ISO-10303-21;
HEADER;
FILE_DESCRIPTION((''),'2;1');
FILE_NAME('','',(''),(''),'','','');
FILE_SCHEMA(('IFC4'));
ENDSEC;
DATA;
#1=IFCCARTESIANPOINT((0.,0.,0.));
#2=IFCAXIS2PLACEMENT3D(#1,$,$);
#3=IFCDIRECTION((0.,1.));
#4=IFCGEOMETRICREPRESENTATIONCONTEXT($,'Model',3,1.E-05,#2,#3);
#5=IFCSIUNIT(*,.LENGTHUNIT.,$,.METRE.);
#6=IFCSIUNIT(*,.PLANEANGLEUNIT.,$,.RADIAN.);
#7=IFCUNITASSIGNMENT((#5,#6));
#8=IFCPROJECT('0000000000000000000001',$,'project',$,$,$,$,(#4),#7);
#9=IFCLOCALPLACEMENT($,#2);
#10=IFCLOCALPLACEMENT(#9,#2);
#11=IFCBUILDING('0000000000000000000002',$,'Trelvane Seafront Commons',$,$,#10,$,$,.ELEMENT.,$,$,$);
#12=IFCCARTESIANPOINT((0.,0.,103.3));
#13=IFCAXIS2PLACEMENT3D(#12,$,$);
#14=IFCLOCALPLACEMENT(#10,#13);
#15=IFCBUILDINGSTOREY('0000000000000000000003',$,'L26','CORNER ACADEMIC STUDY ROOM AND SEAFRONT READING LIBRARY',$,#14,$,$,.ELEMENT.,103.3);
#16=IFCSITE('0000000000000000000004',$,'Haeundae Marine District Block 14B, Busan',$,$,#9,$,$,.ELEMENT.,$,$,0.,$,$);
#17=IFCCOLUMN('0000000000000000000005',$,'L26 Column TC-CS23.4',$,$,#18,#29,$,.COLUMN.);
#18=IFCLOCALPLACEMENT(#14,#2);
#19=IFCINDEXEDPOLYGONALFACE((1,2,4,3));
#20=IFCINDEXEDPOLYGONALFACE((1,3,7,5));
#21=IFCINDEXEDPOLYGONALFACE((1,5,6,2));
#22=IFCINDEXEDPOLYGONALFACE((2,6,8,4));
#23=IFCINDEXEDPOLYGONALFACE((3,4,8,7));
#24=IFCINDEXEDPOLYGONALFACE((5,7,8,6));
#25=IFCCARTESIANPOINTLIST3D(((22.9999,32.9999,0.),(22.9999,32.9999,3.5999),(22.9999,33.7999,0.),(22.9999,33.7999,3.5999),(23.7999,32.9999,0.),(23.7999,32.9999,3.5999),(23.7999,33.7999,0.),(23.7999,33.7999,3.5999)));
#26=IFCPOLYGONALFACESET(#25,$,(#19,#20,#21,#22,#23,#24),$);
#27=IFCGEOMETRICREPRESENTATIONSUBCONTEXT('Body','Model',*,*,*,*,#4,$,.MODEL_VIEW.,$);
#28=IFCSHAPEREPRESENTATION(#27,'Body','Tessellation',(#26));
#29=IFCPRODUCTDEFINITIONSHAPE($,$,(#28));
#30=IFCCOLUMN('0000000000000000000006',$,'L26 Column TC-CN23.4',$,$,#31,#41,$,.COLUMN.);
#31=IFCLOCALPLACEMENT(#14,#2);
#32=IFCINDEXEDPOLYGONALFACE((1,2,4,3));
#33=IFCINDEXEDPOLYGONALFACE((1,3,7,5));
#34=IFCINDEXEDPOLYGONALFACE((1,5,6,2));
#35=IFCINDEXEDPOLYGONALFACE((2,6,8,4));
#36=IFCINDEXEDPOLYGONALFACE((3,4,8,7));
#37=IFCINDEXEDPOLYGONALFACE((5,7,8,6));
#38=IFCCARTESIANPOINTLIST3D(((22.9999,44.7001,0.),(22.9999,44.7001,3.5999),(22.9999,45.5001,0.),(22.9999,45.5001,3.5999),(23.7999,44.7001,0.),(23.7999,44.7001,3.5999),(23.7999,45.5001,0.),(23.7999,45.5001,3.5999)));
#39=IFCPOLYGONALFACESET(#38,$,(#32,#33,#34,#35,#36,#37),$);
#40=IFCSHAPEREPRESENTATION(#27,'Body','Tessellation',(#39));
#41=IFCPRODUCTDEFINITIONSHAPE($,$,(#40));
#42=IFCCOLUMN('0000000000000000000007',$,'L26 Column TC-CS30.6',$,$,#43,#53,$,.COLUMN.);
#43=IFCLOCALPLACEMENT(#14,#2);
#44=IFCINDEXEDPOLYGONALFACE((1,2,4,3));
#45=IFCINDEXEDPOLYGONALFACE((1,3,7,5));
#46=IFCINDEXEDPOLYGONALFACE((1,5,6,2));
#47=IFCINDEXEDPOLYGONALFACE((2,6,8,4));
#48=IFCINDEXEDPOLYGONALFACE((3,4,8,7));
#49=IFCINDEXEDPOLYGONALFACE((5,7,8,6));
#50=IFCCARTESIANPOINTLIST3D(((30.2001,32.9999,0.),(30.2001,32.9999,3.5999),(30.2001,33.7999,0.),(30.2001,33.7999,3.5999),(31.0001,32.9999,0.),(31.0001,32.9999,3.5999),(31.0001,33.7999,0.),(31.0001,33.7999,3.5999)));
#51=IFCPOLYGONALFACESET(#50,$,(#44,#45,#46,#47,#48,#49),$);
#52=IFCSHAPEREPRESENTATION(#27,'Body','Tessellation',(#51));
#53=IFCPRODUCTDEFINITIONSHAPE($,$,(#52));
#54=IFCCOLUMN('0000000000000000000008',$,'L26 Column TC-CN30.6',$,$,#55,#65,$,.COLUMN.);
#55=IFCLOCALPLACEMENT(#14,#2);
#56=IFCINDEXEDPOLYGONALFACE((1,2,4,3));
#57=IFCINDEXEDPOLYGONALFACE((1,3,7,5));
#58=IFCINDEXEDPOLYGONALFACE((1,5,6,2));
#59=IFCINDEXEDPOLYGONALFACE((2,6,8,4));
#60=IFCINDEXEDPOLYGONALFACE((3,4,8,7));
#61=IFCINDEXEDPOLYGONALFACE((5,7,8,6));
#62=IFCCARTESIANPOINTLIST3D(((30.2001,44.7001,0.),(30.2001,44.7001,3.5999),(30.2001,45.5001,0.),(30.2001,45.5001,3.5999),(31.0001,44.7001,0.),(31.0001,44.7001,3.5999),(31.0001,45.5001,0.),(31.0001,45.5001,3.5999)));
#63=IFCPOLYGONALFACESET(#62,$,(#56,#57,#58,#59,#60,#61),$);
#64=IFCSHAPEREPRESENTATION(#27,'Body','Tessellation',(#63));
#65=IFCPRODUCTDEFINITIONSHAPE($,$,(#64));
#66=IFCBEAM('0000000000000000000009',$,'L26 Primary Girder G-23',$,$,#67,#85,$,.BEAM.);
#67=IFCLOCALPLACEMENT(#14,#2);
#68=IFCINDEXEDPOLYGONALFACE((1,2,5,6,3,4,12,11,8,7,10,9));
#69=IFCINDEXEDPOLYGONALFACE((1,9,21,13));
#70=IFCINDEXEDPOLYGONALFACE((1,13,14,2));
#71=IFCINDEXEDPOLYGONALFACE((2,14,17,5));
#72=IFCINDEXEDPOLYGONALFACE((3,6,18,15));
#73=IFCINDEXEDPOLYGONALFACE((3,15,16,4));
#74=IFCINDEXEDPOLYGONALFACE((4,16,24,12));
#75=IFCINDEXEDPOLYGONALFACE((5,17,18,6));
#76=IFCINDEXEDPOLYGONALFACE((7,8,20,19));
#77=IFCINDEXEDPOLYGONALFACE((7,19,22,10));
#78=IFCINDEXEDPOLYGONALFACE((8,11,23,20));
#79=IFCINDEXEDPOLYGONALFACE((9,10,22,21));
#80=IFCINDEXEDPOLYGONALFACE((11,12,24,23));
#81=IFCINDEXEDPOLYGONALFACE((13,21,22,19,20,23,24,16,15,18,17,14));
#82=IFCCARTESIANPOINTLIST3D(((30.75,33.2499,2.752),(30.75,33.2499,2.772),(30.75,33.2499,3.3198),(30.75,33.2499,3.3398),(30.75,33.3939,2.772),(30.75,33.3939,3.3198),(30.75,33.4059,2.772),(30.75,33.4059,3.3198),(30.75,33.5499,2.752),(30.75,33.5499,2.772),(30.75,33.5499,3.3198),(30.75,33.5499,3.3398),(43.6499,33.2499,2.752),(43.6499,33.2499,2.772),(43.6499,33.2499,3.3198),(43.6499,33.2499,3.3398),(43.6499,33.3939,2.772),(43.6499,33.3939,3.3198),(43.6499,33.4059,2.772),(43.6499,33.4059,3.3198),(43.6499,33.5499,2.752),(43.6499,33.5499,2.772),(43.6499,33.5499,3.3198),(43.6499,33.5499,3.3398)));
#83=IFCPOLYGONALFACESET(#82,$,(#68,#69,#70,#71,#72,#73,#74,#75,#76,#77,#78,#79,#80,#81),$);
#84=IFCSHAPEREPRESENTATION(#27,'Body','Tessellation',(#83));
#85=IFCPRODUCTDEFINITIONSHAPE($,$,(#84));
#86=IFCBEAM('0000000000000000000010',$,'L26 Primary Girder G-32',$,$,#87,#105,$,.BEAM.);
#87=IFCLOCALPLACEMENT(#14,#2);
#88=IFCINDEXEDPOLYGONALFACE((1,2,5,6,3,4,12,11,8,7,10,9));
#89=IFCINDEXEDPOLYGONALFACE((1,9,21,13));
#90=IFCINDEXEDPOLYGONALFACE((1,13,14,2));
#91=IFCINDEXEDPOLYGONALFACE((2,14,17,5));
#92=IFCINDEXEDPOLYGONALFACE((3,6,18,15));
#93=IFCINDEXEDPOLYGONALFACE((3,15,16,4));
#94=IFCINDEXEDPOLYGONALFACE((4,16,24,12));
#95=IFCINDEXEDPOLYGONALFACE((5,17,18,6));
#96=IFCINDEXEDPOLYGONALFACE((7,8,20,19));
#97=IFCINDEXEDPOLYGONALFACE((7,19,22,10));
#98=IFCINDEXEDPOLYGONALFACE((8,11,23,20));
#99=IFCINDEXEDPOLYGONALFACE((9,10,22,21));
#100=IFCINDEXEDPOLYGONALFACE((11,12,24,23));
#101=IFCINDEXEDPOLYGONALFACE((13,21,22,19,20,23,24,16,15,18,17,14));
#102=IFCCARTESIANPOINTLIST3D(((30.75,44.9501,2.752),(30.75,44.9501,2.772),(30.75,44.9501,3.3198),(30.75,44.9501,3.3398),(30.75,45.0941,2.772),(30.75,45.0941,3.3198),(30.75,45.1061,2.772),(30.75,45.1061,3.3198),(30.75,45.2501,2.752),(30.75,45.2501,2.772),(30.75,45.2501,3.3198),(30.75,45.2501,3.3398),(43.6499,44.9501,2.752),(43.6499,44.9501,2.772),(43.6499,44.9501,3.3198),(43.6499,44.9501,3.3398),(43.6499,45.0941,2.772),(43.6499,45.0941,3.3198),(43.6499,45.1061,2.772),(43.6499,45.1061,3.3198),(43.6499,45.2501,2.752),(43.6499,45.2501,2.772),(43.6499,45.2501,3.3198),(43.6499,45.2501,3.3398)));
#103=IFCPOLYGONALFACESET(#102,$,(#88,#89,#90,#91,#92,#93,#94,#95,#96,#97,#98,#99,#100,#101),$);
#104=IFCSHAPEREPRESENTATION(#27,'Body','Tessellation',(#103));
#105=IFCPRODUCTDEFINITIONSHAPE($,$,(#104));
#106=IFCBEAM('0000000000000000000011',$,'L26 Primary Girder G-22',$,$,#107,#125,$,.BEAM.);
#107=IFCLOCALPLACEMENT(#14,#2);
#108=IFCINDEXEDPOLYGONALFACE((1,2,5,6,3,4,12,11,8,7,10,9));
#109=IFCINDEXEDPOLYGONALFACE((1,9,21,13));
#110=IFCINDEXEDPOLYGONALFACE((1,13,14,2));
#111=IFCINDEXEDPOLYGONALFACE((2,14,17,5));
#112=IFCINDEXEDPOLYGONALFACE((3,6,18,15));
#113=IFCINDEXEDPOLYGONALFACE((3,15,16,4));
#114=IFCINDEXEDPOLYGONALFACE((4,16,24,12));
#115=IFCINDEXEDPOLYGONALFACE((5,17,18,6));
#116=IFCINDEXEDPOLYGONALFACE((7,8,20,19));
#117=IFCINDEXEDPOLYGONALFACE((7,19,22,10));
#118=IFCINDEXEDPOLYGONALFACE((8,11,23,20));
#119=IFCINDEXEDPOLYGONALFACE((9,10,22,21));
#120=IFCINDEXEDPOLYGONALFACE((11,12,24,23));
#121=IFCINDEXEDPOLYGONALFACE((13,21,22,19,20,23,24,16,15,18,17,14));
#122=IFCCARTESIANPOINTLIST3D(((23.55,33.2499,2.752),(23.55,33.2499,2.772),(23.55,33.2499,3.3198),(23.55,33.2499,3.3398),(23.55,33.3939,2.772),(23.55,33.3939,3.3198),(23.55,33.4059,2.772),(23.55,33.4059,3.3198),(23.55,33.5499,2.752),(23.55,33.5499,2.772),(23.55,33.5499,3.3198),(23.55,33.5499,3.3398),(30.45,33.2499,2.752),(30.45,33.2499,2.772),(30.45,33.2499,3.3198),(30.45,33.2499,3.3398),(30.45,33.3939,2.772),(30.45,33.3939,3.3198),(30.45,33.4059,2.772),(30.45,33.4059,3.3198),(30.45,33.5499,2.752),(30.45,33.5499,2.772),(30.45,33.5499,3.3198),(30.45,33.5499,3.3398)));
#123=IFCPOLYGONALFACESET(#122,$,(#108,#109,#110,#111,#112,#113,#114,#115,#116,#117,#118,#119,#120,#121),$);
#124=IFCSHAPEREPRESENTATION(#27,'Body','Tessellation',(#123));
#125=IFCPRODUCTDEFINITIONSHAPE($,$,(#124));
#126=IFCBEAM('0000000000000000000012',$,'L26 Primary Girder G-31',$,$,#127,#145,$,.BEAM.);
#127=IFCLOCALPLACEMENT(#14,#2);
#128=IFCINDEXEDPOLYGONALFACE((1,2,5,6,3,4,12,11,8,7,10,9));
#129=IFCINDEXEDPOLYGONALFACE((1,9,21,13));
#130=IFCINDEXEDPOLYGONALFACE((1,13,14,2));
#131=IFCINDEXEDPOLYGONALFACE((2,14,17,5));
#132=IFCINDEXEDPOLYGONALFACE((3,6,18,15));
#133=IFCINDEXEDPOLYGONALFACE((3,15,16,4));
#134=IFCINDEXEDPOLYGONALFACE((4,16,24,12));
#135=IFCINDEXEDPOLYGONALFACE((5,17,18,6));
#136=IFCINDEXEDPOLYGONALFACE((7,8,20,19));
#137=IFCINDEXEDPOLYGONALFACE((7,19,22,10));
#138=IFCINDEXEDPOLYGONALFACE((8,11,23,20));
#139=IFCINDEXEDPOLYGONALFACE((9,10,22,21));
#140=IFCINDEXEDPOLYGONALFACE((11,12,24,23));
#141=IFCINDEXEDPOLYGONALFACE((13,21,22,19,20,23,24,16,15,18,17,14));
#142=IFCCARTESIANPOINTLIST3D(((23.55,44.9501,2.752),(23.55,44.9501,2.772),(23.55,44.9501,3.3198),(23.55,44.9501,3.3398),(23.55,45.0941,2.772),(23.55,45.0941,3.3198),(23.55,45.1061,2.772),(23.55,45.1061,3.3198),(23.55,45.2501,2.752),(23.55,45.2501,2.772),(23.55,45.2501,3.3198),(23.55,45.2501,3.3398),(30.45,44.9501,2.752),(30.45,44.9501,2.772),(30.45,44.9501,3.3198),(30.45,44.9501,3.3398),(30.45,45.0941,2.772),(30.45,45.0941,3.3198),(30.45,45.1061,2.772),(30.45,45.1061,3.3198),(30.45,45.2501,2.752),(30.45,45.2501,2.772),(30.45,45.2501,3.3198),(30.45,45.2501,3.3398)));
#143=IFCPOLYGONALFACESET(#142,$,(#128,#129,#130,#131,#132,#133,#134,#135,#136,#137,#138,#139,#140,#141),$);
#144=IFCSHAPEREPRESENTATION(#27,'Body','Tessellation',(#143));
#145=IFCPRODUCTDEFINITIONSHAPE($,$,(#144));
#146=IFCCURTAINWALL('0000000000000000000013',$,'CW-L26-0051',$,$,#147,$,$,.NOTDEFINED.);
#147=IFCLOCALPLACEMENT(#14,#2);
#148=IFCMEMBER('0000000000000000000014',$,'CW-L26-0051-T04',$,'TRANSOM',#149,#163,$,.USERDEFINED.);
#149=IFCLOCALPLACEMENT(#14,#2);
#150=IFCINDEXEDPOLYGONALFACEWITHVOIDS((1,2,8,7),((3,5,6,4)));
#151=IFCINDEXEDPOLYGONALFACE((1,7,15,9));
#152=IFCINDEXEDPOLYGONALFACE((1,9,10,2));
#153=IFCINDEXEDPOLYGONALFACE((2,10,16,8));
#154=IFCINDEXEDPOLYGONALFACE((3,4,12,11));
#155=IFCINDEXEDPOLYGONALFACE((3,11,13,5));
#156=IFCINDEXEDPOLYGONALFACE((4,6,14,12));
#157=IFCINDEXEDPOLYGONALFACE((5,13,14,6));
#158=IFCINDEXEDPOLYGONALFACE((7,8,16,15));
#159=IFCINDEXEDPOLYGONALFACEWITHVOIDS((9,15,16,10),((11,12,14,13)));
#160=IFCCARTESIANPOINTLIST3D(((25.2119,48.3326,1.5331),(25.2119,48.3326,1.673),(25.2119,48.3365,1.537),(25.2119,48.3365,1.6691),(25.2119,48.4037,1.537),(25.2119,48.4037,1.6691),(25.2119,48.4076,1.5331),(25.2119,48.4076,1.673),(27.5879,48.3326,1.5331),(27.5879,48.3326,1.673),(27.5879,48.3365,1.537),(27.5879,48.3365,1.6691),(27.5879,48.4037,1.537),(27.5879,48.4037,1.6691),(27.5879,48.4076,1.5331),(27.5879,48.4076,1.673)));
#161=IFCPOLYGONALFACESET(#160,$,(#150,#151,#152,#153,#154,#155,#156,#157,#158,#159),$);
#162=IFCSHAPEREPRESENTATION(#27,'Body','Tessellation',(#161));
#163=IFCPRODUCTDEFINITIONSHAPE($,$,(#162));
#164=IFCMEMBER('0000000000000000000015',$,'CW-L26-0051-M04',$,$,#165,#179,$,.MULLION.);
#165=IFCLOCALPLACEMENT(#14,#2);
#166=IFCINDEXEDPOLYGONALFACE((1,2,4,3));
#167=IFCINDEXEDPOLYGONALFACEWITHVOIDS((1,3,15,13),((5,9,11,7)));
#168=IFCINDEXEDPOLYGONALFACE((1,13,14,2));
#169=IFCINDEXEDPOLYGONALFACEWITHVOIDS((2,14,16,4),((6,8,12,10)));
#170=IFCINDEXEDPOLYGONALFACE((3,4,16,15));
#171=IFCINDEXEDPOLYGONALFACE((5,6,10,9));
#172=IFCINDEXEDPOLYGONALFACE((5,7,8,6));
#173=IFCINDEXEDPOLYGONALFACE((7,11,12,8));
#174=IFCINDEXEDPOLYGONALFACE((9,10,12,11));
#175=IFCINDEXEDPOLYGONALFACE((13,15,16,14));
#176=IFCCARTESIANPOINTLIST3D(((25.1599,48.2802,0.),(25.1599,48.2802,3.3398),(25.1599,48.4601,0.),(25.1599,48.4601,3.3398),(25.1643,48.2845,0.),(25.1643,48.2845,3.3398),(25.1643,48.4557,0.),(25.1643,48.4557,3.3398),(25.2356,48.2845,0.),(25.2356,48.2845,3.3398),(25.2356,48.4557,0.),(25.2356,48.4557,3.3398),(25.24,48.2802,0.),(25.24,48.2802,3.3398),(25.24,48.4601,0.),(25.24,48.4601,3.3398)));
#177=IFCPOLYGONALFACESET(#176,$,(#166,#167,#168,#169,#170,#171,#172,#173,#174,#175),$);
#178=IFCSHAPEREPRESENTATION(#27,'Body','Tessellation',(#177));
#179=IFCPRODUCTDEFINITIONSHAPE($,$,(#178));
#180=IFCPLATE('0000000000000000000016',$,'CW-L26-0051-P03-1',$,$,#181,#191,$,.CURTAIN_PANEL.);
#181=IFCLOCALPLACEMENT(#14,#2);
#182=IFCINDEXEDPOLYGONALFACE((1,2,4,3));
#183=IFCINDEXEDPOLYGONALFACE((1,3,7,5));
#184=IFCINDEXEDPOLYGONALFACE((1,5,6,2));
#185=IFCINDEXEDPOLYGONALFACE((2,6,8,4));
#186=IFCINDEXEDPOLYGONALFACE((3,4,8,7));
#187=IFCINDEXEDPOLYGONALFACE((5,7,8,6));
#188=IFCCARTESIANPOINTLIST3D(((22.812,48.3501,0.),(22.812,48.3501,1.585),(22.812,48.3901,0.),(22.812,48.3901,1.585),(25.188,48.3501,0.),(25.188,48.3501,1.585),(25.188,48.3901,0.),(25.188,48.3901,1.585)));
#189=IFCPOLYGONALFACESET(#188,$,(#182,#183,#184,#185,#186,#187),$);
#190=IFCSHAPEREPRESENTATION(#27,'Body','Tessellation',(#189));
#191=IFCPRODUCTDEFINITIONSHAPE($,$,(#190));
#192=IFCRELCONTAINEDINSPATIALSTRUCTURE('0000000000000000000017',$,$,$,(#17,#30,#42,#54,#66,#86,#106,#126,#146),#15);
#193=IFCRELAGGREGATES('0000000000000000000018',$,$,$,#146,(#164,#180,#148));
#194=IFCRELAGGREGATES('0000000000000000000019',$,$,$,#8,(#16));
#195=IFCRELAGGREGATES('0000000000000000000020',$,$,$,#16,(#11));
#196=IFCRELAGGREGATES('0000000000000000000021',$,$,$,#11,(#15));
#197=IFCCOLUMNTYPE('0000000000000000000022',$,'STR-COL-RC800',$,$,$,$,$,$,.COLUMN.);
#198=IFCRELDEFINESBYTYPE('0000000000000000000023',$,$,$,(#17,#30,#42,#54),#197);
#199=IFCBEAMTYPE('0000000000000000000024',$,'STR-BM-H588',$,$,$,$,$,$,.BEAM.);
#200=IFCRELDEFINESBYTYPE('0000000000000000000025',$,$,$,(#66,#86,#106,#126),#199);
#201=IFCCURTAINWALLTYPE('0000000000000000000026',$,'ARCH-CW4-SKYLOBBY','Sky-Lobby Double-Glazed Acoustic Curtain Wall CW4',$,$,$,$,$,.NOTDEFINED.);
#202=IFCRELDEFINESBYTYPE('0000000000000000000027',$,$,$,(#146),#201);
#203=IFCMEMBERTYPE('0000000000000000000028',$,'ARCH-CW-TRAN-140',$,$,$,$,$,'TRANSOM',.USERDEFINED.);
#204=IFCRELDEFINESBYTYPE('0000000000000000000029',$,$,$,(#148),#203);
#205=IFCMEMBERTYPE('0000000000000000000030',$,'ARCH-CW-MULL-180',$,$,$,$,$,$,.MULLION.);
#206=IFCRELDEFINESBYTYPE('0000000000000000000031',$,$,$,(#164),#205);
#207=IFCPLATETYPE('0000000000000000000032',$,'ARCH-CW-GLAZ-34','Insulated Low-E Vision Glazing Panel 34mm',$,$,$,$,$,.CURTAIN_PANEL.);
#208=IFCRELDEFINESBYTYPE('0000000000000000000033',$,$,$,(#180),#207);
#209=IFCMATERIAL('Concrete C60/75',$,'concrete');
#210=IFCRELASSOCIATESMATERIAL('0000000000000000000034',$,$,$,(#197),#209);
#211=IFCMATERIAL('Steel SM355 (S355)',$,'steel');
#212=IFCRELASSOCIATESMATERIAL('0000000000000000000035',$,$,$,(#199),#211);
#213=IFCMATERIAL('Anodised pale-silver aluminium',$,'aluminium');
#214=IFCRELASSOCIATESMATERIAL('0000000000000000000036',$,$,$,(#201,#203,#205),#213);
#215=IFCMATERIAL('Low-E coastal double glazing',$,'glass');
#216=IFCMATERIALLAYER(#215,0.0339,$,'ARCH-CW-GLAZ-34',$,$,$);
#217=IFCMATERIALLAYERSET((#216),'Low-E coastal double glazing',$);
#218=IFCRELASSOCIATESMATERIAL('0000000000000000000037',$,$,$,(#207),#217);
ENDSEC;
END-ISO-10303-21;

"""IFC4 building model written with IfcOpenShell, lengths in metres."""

from ifc_helpers import new_model, si_unit, direction, frame, origin, origin_2d, place, context, subcontext, project, spatial, rectangle, hollow_rectangle, i_section, extrude, source, transform, mapped, material, layer, layer_set, material_profile, profile_set, type_object, element, aggregate, save


model = new_model("IFC4")

# Units and contexts
model_context = context("Model", 3, precision=1e-05, world=origin(), true_north=direction((0.0, 1.0)))
body_context = subcontext(model_context, "Body", "Model", "MODEL_VIEW")
ifc_project = project(units=[si_unit("LENGTHUNIT", "METRE"), si_unit("PLANEANGLEUNIT", "RADIAN")], contexts=[model_context])

# Site, building, storey
site_placement = place(None, origin())
site = spatial("IfcSite", under=ifc_project, at=site_placement, Name="Haeundae Marine District Block 14B, Busan", CompositionType="ELEMENT", RefElevation=0.0)
building_placement = place(site_placement, origin())
building = spatial("IfcBuilding", under=site, at=building_placement, Name="Trelvane Seafront Commons", CompositionType="ELEMENT")
storey_placement = place(building_placement, frame((0.0, 0.0, 103.3)))
storey = spatial("IfcBuildingStorey", under=building, at=storey_placement, Name="L26", Description="CORNER ACADEMIC STUDY ROOM AND SEAFRONT READING LIBRARY", CompositionType="ELEMENT", Elevation=103.3)

# Columns
ifc_material_1 = material(Name="Concrete C60/75", Category="concrete")
ifc_material_profile_1 = material_profile(ifc_material_1, rectangle(XDim=0.8, YDim=0.8, at=origin_2d()), Name="RC-800x800")
ifc_profile_set_1 = profile_set([ifc_material_profile_1], Name="Concrete C60/75")
column_type = type_object("IfcColumnType", Name="STR-COL-RC800", PredefinedType="COLUMN", material=ifc_profile_set_1)
shared_shape_1 = source(origin(), body_context, "Body", "SweptSolid", [
    extrude(rectangle(XDim=0.8, YDim=0.8, at=origin_2d()), origin(), (0.0, 0.0, 1.0), 3.5999),
])
for number, where, z_axis, x_axis, name in (
    (1, (23.3999, 33.3999, 0.0), (0.0, 0.0, 1.0), (1.0, 0.0, 0.0), "L26 Column TC-CS23.4"),
    (2, (23.3999, 45.1001, 0.0), (0.0, 0.0, 1.0), (1.0, 0.0, 0.0), "L26 Column TC-CN23.4"),
    (3, (30.6001, 33.3999, 0.0), (0.0, 0.0, 1.0), (1.0, 0.0, 0.0), "L26 Column TC-CS30.6"),
    (4, (30.6001, 45.1001, 0.0), (0.0, 0.0, 1.0), (1.0, 0.0, 0.0), "L26 Column TC-CN30.6"),
):
    element("IfcColumn", number, at=place(storey_placement, frame(where, z_axis=z_axis, x_axis=x_axis)), inside=storey, type_object=column_type, Name=name, PredefinedType="COLUMN", context=body_context, shape_type="MappedRepresentation", body=[
        mapped(shared_shape_1, transform((0.0, 0.0, 0.0), x_axis=(1.0, 0.0, 0.0), y_axis=(0.0, 1.0, 0.0), z_axis=(0.0, 0.0, 1.0), scale=1.0)),
    ])

# Beams
ifc_material_2 = material(Name="Steel SM355 (S355)", Category="steel")
ifc_material_profile_2 = material_profile(ifc_material_2, i_section(OverallWidth=0.3, OverallDepth=0.5879, WebThickness=0.012, FlangeThickness=0.02, at=origin_2d()), Name="H-588x300x12x20")
ifc_profile_set_2 = profile_set([ifc_material_profile_2], Name="Steel SM355 (S355)")
beam_type = type_object("IfcBeamType", Name="STR-BM-H588", PredefinedType="BEAM", material=ifc_profile_set_2)
shared_shape_2 = source(origin(), body_context, "Body", "SweptSolid", [
    extrude(i_section(OverallWidth=0.3, OverallDepth=0.5879, WebThickness=0.012, FlangeThickness=0.02, at=origin_2d()), origin(), (0.0, 0.0, 1.0), 12.8999),
])
for number, where, z_axis, x_axis, name in (
    (5, (30.75, 33.3999, 3.0459), (1.0, 0.0, 0.0), (0.0, 1.0, 0.0), "L26 Primary Girder G-23"),
    (6, (30.75, 45.1001, 3.0459), (1.0, 0.0, 0.0), (0.0, 1.0, 0.0), "L26 Primary Girder G-32"),
):
    element("IfcBeam", number, at=place(storey_placement, frame(where, z_axis=z_axis, x_axis=x_axis)), inside=storey, type_object=beam_type, Name=name, PredefinedType="BEAM", context=body_context, shape_type="MappedRepresentation", body=[
        mapped(shared_shape_2, transform((0.0, 0.0, 0.0), x_axis=(1.0, 0.0, 0.0), y_axis=(0.0, 1.0, 0.0), z_axis=(0.0, 0.0, 1.0), scale=1.0)),
    ])
shared_shape_3 = source(origin(), body_context, "Body", "SweptSolid", [
    extrude(i_section(OverallWidth=0.3, OverallDepth=0.5879, WebThickness=0.012, FlangeThickness=0.02, at=origin_2d()), origin(), (0.0, 0.0, 1.0), 6.8999),
])
for number, where, z_axis, x_axis, name in (
    (7, (23.55, 33.3999, 3.0459), (1.0, 0.0, 0.0), (0.0, 1.0, 0.0), "L26 Primary Girder G-22"),
    (8, (23.55, 45.1001, 3.0459), (1.0, 0.0, 0.0), (0.0, 1.0, 0.0), "L26 Primary Girder G-31"),
):
    element("IfcBeam", number, at=place(storey_placement, frame(where, z_axis=z_axis, x_axis=x_axis)), inside=storey, type_object=beam_type, Name=name, PredefinedType="BEAM", context=body_context, shape_type="MappedRepresentation", body=[
        mapped(shared_shape_3, transform((0.0, 0.0, 0.0), x_axis=(1.0, 0.0, 0.0), y_axis=(0.0, 1.0, 0.0), z_axis=(0.0, 0.0, 1.0), scale=1.0)),
    ])

# Curtain wall, members, plate
ifc_material_3 = material(Name="Anodised pale-silver aluminium", Category="aluminium")
curtain_wall_type = type_object("IfcCurtainWallType", Name="ARCH-CW4-SKYLOBBY", Description="Sky-Lobby Double-Glazed Acoustic Curtain Wall CW4", PredefinedType="NOTDEFINED", material=ifc_material_3)
curtain_wall_placement = place(storey_placement, origin())
curtain_wall = element("IfcCurtainWall", 9, at=curtain_wall_placement, inside=storey, type_object=curtain_wall_type, Name="CW-L26-0051", PredefinedType="NOTDEFINED")
ifc_material_profile_3 = material_profile(ifc_material_3, hollow_rectangle(XDim=0.075, YDim=0.1399, WallThickness=0.0039, at=origin_2d()), Name="TRAN-75x140x4")
ifc_profile_set_3 = profile_set([ifc_material_profile_3], Name="Anodised pale-silver aluminium")
member_type_1 = type_object("IfcMemberType", Name="ARCH-CW-TRAN-140", ElementType="TRANSOM", PredefinedType="USERDEFINED", material=ifc_profile_set_3)
shared_shape_4 = source(origin(), body_context, "Body", "SweptSolid", [
    extrude(hollow_rectangle(XDim=0.075, YDim=0.1399, WallThickness=0.0039, at=origin_2d()), origin(), (0.0, 0.0, 1.0), 2.376),
])
member_1_placement = place(storey_placement, frame((25.2119, 48.3701, 1.603), z_axis=(1.0, 0.0, 0.0), x_axis=(0.0, 1.0, 0.0)))
member_1 = element("IfcMember", 10, at=member_1_placement, type_object=member_type_1, Name="CW-L26-0051-T04", ObjectType="TRANSOM", PredefinedType="USERDEFINED", context=body_context, shape_type="MappedRepresentation", body=[
    mapped(shared_shape_4, transform((0.0, 0.0, 0.0), x_axis=(1.0, 0.0, 0.0), y_axis=(0.0, 1.0, 0.0), z_axis=(0.0, 0.0, 1.0), scale=1.0)),
])
ifc_material_profile_4 = material_profile(ifc_material_3, hollow_rectangle(XDim=0.0801, YDim=0.1799, WallThickness=0.0044, at=origin_2d()), Name="MULL-80x180x4.5")
ifc_profile_set_4 = profile_set([ifc_material_profile_4], Name="Anodised pale-silver aluminium")
member_type_2 = type_object("IfcMemberType", Name="ARCH-CW-MULL-180", PredefinedType="MULLION", material=ifc_profile_set_4)
shared_shape_5 = source(origin(), body_context, "Body", "SweptSolid", [
    extrude(hollow_rectangle(XDim=0.0801, YDim=0.1799, WallThickness=0.0044, at=origin_2d()), origin(), (0.0, 0.0, 1.0), 3.3398),
])
member_2_placement = place(storey_placement, frame((25.2, 48.3701, 0.0), z_axis=(0.0, 0.0, 1.0), x_axis=(1.0, 0.0, 0.0)))
member_2 = element("IfcMember", 11, at=member_2_placement, type_object=member_type_2, Name="CW-L26-0051-M04", PredefinedType="MULLION", context=body_context, shape_type="MappedRepresentation", body=[
    mapped(shared_shape_5, transform((0.0, 0.0, 0.0), x_axis=(1.0, 0.0, 0.0), y_axis=(0.0, 1.0, 0.0), z_axis=(0.0, 0.0, 1.0), scale=1.0)),
])
ifc_material_4 = material(Name="Low-E coastal double glazing", Category="glass")
ifc_layer_1 = layer(ifc_material_4, 0.0339, Name="ARCH-CW-GLAZ-34")
ifc_layer_set_1 = layer_set([ifc_layer_1], Name="Low-E coastal double glazing")
plate_type = type_object("IfcPlateType", Name="ARCH-CW-GLAZ-34", Description="Insulated Low-E Vision Glazing Panel 34mm", PredefinedType="CURTAIN_PANEL", material=ifc_layer_set_1)
shared_shape_6 = source(origin(), body_context, "Body", "SweptSolid", [
    extrude(rectangle(XDim=2.376, YDim=0.04, at=origin_2d()), origin(), (0.0, 0.0, 1.0), 1.585),
])
plate_1_placement = place(storey_placement, frame((24.0, 48.3701, 0.0), z_axis=(0.0, 0.0, 1.0), x_axis=(1.0, 0.0, 0.0)))
plate_1 = element("IfcPlate", 12, at=plate_1_placement, type_object=plate_type, Name="CW-L26-0051-P03-1", PredefinedType="CURTAIN_PANEL", context=body_context, shape_type="MappedRepresentation", body=[
    mapped(shared_shape_6, transform((0.0, 0.0, 0.0), x_axis=(1.0, 0.0, 0.0), y_axis=(0.0, 1.0, 0.0), z_axis=(0.0, 0.0, 1.0), scale=1.0)),
])
aggregate(curtain_wall, [member_2, plate_1, member_1])

save(model, "model.ifc")
